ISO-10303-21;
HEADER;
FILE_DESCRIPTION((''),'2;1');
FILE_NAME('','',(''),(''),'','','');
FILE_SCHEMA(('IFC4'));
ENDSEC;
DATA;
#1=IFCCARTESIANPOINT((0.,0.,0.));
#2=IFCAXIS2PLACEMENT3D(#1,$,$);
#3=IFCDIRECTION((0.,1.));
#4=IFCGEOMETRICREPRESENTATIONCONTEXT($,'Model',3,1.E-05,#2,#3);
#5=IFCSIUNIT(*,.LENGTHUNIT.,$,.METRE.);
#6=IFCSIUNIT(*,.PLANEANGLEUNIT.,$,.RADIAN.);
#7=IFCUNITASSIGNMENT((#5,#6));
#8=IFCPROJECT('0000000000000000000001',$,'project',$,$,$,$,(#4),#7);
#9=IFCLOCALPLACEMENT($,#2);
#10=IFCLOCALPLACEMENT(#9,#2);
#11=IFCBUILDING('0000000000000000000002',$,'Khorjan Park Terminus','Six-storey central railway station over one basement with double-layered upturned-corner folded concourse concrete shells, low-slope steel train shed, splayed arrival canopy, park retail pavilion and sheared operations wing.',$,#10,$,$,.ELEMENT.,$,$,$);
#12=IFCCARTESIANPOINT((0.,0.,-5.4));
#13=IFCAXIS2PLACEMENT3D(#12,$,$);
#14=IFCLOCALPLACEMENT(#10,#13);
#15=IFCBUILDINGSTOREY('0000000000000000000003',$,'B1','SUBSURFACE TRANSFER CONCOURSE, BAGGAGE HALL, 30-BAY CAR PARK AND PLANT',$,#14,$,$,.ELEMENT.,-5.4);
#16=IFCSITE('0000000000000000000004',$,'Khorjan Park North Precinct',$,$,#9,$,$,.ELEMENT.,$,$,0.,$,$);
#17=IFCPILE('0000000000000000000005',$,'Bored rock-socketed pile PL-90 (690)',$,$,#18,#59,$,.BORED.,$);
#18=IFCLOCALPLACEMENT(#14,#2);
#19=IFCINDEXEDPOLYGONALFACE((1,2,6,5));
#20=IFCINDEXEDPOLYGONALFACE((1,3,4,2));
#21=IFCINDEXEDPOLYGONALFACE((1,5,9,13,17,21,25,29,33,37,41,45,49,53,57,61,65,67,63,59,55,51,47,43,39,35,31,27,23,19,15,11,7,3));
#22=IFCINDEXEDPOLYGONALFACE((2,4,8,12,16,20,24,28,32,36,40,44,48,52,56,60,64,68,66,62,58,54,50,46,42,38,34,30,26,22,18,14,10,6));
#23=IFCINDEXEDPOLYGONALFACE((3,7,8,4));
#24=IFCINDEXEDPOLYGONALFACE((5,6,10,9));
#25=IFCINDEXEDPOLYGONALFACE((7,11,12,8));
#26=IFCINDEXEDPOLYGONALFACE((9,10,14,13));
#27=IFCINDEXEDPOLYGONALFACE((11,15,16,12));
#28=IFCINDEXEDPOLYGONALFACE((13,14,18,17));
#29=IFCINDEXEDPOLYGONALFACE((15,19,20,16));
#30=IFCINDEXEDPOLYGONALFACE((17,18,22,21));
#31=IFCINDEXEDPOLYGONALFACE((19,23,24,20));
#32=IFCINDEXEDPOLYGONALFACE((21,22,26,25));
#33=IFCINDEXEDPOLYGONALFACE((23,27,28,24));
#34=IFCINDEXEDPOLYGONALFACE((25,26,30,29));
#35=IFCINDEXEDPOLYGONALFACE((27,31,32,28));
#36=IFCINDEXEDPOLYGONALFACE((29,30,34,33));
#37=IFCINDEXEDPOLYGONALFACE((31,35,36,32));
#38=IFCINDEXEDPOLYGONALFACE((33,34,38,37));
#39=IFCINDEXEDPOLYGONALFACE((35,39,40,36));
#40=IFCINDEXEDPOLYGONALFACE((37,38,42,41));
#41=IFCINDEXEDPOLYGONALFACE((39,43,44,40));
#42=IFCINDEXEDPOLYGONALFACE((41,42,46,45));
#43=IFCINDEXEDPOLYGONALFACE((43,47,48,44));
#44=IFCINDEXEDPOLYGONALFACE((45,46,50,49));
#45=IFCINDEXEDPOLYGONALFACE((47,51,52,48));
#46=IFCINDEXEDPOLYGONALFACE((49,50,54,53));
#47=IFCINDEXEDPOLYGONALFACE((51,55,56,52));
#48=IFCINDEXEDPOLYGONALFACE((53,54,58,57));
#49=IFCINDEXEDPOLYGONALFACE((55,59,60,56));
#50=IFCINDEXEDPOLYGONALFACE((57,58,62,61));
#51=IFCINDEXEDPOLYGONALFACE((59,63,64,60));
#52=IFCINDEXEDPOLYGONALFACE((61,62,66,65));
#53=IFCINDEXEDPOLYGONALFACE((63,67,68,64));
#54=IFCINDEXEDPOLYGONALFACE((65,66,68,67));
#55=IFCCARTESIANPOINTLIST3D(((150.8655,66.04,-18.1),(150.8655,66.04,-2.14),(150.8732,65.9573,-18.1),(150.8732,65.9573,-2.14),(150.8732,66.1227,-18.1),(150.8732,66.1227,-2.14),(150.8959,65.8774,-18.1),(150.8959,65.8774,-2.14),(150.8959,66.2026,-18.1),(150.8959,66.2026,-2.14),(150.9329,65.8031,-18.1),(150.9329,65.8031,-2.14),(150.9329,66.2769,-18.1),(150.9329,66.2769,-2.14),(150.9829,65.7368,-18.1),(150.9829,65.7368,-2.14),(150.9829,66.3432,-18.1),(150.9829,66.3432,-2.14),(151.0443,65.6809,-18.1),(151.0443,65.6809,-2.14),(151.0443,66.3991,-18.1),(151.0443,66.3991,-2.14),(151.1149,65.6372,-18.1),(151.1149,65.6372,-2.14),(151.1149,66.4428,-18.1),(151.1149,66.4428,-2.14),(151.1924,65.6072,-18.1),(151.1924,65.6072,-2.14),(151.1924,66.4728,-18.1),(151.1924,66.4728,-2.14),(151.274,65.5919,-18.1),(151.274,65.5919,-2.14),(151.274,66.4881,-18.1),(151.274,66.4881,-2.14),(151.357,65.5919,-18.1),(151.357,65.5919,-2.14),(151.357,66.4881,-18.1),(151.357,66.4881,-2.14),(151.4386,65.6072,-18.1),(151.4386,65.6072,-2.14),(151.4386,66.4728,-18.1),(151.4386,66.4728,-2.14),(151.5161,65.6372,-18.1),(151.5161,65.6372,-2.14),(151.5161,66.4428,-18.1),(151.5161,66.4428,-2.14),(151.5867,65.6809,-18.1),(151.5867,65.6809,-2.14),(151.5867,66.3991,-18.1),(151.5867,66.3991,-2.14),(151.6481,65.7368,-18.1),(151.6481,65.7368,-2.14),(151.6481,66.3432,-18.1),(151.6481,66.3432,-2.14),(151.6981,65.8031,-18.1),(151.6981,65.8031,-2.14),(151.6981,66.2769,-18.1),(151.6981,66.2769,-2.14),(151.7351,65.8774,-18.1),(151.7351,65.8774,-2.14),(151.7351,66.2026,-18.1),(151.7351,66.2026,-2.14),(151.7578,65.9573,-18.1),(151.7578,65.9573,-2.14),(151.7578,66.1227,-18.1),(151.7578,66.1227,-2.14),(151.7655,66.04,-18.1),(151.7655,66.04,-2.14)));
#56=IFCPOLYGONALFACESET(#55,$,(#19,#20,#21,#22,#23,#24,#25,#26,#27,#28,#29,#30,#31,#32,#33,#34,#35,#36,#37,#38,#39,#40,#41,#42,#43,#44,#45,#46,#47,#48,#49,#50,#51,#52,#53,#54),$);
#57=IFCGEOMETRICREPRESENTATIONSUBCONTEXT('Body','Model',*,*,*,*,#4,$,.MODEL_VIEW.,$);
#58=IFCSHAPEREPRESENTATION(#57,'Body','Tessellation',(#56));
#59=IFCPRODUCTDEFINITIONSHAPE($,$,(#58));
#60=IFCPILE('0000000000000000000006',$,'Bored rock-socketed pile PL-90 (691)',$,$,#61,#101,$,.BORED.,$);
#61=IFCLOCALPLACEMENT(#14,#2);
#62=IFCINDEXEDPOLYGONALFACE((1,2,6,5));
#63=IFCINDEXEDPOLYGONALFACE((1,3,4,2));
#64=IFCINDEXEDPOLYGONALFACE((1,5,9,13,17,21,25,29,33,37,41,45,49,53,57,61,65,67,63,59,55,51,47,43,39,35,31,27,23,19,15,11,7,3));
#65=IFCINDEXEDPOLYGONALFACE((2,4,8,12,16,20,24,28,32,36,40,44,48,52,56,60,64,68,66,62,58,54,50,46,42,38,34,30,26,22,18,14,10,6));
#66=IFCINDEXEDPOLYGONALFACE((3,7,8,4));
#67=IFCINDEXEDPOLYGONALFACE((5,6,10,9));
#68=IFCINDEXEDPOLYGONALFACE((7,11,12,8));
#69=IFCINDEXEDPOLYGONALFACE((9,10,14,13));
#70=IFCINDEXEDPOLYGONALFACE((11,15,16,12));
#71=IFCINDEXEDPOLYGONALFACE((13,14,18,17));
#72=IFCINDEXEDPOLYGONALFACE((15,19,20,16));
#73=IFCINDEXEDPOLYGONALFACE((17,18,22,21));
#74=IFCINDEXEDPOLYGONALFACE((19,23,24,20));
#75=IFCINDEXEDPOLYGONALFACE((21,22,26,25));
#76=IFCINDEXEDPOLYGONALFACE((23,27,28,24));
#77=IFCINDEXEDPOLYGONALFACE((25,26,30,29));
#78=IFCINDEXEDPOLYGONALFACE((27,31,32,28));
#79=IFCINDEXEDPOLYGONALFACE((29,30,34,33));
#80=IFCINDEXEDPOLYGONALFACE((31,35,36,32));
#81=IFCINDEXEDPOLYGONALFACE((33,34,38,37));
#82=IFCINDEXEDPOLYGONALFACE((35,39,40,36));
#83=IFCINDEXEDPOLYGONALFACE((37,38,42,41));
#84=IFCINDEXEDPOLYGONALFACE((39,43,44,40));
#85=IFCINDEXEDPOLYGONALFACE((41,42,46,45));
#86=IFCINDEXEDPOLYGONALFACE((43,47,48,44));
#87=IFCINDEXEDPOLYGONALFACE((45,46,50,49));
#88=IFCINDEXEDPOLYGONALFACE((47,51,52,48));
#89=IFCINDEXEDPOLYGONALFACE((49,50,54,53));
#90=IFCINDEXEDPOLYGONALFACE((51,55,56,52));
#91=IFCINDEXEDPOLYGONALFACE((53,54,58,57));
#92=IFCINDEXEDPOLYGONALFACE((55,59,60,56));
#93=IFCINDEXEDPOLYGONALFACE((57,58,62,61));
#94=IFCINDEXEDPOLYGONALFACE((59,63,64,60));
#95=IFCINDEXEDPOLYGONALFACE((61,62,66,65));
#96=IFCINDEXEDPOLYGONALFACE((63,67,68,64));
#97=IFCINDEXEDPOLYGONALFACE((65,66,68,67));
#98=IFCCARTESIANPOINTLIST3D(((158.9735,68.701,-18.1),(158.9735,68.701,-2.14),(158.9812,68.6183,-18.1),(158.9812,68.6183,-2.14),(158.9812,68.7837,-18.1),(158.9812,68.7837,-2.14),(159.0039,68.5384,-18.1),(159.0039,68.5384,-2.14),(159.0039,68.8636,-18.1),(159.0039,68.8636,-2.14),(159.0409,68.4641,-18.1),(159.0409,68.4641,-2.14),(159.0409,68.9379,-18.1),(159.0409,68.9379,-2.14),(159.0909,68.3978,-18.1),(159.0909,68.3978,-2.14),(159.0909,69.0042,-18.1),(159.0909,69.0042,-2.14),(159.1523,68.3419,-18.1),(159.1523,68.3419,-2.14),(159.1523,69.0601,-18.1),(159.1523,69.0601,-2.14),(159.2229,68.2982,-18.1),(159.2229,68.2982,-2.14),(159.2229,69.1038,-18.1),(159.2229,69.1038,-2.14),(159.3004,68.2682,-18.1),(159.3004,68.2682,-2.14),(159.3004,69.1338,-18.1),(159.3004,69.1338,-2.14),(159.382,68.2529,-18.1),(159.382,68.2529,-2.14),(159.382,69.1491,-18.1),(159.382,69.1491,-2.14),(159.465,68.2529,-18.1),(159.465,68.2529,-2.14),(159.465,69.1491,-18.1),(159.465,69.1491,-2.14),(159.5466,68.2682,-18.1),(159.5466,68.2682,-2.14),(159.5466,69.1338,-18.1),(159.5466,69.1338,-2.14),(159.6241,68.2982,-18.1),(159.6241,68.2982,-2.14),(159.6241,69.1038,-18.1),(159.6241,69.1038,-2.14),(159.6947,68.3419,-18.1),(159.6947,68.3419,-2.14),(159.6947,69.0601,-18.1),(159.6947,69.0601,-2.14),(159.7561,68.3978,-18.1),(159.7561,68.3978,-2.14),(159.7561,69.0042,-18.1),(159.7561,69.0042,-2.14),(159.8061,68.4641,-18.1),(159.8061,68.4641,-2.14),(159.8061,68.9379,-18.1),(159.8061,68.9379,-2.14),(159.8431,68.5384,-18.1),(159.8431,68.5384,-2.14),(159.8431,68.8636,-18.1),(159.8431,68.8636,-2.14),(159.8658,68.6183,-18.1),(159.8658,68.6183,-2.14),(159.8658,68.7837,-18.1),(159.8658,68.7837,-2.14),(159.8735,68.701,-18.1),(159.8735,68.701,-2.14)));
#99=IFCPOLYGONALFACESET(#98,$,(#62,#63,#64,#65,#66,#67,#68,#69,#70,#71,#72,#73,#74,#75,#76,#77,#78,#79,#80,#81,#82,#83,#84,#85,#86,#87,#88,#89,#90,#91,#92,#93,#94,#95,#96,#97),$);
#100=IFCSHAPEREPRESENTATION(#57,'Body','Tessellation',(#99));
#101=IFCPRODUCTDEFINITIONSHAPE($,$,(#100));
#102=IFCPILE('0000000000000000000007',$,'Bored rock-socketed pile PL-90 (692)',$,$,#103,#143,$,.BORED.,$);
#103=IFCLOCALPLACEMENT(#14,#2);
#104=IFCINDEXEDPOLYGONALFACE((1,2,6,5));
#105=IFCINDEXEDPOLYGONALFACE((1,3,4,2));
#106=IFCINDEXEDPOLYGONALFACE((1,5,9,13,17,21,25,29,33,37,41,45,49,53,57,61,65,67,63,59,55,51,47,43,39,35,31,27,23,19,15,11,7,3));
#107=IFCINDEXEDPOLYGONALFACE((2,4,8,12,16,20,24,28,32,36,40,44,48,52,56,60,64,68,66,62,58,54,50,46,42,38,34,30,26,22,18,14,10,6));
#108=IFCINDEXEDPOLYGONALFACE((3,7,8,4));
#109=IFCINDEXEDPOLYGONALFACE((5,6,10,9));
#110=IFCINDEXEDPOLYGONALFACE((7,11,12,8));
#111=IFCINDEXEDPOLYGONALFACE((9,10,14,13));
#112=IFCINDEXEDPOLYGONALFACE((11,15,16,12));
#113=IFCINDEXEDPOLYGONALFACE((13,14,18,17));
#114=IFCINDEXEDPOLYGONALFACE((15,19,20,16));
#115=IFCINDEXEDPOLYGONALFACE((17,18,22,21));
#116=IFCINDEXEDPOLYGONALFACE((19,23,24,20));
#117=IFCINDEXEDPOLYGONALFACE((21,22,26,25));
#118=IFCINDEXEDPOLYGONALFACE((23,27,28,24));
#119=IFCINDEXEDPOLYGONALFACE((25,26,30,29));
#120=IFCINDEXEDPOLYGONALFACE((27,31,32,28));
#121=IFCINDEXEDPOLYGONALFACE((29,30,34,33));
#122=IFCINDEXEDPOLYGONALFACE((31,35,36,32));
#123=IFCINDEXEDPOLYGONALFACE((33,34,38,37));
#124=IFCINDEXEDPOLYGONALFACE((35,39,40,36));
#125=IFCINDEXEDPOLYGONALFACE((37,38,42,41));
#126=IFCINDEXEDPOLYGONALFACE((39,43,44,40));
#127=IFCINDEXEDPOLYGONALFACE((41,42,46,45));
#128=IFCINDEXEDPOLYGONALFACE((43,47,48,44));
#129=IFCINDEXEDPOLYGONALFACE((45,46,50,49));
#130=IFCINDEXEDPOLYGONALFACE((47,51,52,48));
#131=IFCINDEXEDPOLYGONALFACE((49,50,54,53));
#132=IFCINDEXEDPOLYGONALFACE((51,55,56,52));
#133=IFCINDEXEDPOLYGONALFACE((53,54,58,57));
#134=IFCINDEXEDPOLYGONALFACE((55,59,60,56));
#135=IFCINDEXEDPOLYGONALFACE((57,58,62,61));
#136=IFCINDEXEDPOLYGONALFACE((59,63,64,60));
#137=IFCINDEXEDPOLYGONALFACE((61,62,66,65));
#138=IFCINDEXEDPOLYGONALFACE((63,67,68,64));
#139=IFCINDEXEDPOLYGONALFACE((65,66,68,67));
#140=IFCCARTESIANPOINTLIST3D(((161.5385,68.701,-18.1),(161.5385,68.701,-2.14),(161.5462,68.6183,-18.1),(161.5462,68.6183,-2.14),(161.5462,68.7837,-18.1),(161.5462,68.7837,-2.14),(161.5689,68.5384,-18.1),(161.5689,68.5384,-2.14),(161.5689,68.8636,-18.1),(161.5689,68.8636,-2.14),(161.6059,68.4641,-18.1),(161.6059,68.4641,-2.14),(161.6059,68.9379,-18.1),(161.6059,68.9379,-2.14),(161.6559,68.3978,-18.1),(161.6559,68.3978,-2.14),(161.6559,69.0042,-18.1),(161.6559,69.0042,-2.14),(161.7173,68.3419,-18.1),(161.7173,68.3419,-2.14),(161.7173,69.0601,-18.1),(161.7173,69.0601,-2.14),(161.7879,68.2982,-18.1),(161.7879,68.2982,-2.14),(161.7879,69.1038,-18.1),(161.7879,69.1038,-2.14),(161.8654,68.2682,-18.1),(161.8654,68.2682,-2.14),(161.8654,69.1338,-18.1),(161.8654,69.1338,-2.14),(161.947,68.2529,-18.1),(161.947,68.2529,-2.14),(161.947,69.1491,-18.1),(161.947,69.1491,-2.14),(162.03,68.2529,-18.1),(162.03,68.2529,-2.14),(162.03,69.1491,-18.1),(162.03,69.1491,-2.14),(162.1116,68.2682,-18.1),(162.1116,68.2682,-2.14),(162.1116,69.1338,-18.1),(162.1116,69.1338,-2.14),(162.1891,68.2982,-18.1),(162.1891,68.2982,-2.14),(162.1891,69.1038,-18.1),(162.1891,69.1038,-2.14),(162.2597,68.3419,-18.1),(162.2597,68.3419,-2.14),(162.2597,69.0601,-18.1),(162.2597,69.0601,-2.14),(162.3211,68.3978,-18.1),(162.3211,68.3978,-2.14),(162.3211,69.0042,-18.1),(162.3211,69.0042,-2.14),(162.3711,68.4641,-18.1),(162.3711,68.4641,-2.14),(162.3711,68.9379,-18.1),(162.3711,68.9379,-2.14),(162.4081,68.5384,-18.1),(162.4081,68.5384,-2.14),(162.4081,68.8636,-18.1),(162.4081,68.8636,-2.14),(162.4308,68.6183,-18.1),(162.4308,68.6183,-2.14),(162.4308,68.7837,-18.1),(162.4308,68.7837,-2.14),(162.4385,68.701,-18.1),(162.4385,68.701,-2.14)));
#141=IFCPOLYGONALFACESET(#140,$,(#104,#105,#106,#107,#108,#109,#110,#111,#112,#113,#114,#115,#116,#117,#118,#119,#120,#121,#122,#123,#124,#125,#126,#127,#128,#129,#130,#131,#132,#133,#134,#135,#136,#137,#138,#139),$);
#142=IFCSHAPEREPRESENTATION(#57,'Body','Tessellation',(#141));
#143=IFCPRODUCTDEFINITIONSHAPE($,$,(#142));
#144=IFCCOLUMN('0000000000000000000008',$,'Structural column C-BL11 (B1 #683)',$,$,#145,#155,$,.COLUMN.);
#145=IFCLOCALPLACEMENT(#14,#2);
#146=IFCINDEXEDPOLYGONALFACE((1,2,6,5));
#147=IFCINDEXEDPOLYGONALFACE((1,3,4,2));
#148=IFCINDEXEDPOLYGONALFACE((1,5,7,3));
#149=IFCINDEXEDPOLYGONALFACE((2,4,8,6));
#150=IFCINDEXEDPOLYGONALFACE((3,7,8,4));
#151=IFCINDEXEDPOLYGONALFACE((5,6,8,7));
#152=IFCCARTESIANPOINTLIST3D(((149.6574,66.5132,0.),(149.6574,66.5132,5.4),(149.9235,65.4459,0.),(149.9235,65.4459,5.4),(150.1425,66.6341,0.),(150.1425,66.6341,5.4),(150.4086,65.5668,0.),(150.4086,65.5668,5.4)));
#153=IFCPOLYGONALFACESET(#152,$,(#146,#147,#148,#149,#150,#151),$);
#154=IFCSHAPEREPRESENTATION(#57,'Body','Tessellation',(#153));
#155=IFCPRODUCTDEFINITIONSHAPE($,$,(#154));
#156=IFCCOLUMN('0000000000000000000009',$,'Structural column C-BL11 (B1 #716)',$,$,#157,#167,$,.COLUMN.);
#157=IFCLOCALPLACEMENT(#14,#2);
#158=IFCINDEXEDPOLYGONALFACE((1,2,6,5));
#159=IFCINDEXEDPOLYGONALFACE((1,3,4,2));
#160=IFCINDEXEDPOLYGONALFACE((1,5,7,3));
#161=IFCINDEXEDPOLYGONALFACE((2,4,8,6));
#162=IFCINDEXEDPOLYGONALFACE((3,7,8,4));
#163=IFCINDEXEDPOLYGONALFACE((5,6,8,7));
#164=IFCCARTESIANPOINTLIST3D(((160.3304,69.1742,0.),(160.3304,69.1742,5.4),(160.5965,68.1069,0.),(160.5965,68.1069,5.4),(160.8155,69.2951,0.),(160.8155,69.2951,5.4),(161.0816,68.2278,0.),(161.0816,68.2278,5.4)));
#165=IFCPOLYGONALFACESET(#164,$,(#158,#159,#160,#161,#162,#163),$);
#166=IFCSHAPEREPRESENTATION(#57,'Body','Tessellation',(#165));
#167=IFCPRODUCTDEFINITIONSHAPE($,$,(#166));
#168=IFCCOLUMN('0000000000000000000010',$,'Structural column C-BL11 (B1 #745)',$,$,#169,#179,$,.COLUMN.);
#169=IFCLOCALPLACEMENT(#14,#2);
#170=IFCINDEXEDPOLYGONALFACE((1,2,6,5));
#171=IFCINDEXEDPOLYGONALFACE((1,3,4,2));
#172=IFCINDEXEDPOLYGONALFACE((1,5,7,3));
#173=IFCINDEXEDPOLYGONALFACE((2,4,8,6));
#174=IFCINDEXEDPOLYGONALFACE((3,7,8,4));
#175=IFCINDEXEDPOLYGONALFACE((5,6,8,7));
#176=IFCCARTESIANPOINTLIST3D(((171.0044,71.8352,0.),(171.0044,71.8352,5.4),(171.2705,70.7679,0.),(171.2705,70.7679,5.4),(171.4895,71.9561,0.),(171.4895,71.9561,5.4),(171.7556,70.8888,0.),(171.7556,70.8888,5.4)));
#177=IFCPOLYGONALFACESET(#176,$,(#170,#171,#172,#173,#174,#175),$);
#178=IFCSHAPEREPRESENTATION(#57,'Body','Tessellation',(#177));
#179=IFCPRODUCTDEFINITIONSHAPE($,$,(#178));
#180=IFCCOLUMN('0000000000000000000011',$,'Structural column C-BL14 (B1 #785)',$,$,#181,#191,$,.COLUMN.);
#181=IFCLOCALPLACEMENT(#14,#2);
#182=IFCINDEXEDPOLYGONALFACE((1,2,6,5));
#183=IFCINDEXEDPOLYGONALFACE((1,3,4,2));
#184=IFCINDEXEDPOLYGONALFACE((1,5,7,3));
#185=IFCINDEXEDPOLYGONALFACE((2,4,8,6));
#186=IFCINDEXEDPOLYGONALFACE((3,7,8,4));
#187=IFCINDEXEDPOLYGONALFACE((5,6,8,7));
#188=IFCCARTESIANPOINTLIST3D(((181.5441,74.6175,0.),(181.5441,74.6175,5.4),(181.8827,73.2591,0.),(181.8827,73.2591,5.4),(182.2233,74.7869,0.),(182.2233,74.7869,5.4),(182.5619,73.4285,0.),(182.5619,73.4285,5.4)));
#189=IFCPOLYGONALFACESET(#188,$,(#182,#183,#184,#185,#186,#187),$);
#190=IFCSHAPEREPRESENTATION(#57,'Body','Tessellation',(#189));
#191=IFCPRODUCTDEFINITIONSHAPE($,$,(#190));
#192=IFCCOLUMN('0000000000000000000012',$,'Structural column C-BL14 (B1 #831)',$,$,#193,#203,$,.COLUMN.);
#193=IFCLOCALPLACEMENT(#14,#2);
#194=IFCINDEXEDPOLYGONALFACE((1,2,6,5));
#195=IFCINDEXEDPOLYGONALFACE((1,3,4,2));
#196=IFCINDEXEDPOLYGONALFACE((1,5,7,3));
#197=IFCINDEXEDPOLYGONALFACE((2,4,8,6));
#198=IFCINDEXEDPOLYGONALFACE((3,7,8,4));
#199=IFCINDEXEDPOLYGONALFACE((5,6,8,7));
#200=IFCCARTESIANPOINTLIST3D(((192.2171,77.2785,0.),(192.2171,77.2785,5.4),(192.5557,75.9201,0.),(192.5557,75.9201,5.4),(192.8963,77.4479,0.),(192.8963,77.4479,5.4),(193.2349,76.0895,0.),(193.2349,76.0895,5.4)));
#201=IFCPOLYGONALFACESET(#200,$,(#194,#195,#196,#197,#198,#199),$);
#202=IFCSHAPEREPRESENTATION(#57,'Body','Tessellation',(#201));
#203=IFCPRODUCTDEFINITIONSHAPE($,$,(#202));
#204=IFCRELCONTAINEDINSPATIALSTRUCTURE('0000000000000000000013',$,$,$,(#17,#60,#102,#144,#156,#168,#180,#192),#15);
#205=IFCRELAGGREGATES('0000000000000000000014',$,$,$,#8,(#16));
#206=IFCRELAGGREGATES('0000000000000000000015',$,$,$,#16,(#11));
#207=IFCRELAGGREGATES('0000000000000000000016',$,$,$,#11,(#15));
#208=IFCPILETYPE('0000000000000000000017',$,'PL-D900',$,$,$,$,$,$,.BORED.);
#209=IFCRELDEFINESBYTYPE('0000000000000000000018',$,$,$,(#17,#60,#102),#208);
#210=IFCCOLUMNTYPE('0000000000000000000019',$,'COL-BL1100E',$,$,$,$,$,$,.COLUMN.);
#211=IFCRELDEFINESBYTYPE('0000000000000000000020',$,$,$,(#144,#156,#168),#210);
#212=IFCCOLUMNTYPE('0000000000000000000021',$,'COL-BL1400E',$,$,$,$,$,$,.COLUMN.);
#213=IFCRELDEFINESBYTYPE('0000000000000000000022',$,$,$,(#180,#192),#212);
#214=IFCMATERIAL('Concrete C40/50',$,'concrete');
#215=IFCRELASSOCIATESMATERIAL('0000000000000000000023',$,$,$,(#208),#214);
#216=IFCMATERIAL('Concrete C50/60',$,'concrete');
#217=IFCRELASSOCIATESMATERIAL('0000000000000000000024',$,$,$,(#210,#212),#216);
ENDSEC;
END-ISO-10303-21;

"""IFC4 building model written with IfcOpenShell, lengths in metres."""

from ifc_helpers import new_model, si_unit, direction, frame, origin, origin_2d, place, context, subcontext, project, spatial, rectangle, circle, extrude, material, material_profile, profile_set, type_object, element, save


model = new_model("IFC4")

# Units and contexts
model_context = context("Model", 3, precision=1e-05, world=origin(), true_north=direction((0.0, 1.0)))
body_context = subcontext(model_context, "Body", "Model", "MODEL_VIEW")
ifc_project = project(units=[si_unit("LENGTHUNIT", "METRE"), si_unit("PLANEANGLEUNIT", "RADIAN")], contexts=[model_context])

# Site, building, storey
site_placement = place(None, origin())
site = spatial("IfcSite", under=ifc_project, at=site_placement, Name="Khorjan Park North Precinct", CompositionType="ELEMENT", RefElevation=0.0)
building_placement = place(site_placement, origin())
building = spatial("IfcBuilding", under=site, at=building_placement, Name="Khorjan Park Terminus", Description="Six-storey central railway station over one basement with double-layered upturned-corner folded concourse concrete shells, low-slope steel train shed, splayed arrival canopy, park retail pavilion and sheared operations wing.", CompositionType="ELEMENT")
storey_placement = place(building_placement, frame((0.0, 0.0, -5.4)))
storey = spatial("IfcBuildingStorey", under=building, at=storey_placement, Name="B1", Description="SUBSURFACE TRANSFER CONCOURSE, BAGGAGE HALL, 30-BAY CAR PARK AND PLANT", CompositionType="ELEMENT", Elevation=-5.4)

# Piles
ifc_material_1 = material(Name="Concrete C40/50", Category="concrete")
ifc_material_profile_1 = material_profile(ifc_material_1, circle(Radius=0.45, at=origin_2d()), Name="BORED D900")
ifc_profile_set_1 = profile_set([ifc_material_profile_1], Name="Concrete C40/50")
pile_type_1 = type_object("IfcPileType", Name="PL-D900", PredefinedType="BORED", material=ifc_profile_set_1)
for number, where, z_axis, x_axis, name in (
    (1, (151.3155, 66.04, -2.14), (0.0, 0.0, -1.0), (1.0, 0.0, 0.0), "Bored rock-socketed pile PL-90 (690)"),
    (2, (159.4235, 68.701, -2.14), (0.0, 0.0, -1.0), (1.0, 0.0, 0.0), "Bored rock-socketed pile PL-90 (691)"),
    (3, (161.9885, 68.701, -2.14), (0.0, 0.0, -1.0), (1.0, 0.0, 0.0), "Bored rock-socketed pile PL-90 (692)"),
):
    element("IfcPile", number, at=place(storey_placement, frame(where, z_axis=z_axis, x_axis=x_axis)), inside=storey, type_object=pile_type_1, Name=name, PredefinedType="BORED", context=body_context, shape_type="SweptSolid", body=[
        extrude(circle(Radius=0.45, at=origin_2d()), origin(), (0.0, 0.0, 1.0), 15.96),
    ])

# Columns
ifc_material_2 = material(Name="Concrete C50/60", Category="concrete")
ifc_material_profile_2 = material_profile(ifc_material_2, rectangle(XDim=0.5, YDim=1.1, at=origin_2d()), Name="RC 500x1100")
ifc_profile_set_2 = profile_set([ifc_material_profile_2], Name="Concrete C50/60")
column_type_1 = type_object("IfcColumnType", Name="COL-BL1100E", PredefinedType="COLUMN", material=ifc_profile_set_2)
for number, where, z_axis, x_axis, name in (
    (4, (150.033, 66.04, 0.0), (0.0, 0.0, 1.0), (0.970296, 0.241922, 0.0), "Structural column C-BL11 (B1 #683)"),
    (5, (160.706, 68.701, 0.0), (0.0, 0.0, 1.0), (0.970296, 0.241922, 0.0), "Structural column C-BL11 (B1 #716)"),
    (6, (171.38, 71.362, 0.0), (0.0, 0.0, 1.0), (0.970296, 0.241922, 0.0), "Structural column C-BL11 (B1 #745)"),
):
    element("IfcColumn", number, at=place(storey_placement, frame(where, z_axis=z_axis, x_axis=x_axis)), inside=storey, type_object=column_type_1, Name=name, PredefinedType="COLUMN", context=body_context, shape_type="SweptSolid", body=[
        extrude(rectangle(XDim=0.5, YDim=1.1, at=origin_2d()), origin(), (0.0, 0.0, 1.0), 5.4),
    ])
ifc_material_profile_3 = material_profile(ifc_material_2, rectangle(XDim=0.7, YDim=1.4, at=origin_2d()), Name="RC 700x1400")
ifc_profile_set_3 = profile_set([ifc_material_profile_3], Name="Concrete C50/60")
column_type_2 = type_object("IfcColumnType", Name="COL-BL1400E", PredefinedType="COLUMN", material=ifc_profile_set_3)
for number, where, z_axis, x_axis, name in (
    (7, (182.053, 74.023, 0.0), (0.0, 0.0, 1.0), (0.970296, 0.241922, 0.0), "Structural column C-BL14 (B1 #785)"),
    (8, (192.726, 76.684, 0.0), (0.0, 0.0, 1.0), (0.970296, 0.241922, 0.0), "Structural column C-BL14 (B1 #831)"),
):
    element("IfcColumn", number, at=place(storey_placement, frame(where, z_axis=z_axis, x_axis=x_axis)), inside=storey, type_object=column_type_2, Name=name, PredefinedType="COLUMN", context=body_context, shape_type="SweptSolid", body=[
        extrude(rectangle(XDim=0.7, YDim=1.4, at=origin_2d()), origin(), (0.0, 0.0, 1.0), 5.4),
    ])

save(model, "model.ifc")
